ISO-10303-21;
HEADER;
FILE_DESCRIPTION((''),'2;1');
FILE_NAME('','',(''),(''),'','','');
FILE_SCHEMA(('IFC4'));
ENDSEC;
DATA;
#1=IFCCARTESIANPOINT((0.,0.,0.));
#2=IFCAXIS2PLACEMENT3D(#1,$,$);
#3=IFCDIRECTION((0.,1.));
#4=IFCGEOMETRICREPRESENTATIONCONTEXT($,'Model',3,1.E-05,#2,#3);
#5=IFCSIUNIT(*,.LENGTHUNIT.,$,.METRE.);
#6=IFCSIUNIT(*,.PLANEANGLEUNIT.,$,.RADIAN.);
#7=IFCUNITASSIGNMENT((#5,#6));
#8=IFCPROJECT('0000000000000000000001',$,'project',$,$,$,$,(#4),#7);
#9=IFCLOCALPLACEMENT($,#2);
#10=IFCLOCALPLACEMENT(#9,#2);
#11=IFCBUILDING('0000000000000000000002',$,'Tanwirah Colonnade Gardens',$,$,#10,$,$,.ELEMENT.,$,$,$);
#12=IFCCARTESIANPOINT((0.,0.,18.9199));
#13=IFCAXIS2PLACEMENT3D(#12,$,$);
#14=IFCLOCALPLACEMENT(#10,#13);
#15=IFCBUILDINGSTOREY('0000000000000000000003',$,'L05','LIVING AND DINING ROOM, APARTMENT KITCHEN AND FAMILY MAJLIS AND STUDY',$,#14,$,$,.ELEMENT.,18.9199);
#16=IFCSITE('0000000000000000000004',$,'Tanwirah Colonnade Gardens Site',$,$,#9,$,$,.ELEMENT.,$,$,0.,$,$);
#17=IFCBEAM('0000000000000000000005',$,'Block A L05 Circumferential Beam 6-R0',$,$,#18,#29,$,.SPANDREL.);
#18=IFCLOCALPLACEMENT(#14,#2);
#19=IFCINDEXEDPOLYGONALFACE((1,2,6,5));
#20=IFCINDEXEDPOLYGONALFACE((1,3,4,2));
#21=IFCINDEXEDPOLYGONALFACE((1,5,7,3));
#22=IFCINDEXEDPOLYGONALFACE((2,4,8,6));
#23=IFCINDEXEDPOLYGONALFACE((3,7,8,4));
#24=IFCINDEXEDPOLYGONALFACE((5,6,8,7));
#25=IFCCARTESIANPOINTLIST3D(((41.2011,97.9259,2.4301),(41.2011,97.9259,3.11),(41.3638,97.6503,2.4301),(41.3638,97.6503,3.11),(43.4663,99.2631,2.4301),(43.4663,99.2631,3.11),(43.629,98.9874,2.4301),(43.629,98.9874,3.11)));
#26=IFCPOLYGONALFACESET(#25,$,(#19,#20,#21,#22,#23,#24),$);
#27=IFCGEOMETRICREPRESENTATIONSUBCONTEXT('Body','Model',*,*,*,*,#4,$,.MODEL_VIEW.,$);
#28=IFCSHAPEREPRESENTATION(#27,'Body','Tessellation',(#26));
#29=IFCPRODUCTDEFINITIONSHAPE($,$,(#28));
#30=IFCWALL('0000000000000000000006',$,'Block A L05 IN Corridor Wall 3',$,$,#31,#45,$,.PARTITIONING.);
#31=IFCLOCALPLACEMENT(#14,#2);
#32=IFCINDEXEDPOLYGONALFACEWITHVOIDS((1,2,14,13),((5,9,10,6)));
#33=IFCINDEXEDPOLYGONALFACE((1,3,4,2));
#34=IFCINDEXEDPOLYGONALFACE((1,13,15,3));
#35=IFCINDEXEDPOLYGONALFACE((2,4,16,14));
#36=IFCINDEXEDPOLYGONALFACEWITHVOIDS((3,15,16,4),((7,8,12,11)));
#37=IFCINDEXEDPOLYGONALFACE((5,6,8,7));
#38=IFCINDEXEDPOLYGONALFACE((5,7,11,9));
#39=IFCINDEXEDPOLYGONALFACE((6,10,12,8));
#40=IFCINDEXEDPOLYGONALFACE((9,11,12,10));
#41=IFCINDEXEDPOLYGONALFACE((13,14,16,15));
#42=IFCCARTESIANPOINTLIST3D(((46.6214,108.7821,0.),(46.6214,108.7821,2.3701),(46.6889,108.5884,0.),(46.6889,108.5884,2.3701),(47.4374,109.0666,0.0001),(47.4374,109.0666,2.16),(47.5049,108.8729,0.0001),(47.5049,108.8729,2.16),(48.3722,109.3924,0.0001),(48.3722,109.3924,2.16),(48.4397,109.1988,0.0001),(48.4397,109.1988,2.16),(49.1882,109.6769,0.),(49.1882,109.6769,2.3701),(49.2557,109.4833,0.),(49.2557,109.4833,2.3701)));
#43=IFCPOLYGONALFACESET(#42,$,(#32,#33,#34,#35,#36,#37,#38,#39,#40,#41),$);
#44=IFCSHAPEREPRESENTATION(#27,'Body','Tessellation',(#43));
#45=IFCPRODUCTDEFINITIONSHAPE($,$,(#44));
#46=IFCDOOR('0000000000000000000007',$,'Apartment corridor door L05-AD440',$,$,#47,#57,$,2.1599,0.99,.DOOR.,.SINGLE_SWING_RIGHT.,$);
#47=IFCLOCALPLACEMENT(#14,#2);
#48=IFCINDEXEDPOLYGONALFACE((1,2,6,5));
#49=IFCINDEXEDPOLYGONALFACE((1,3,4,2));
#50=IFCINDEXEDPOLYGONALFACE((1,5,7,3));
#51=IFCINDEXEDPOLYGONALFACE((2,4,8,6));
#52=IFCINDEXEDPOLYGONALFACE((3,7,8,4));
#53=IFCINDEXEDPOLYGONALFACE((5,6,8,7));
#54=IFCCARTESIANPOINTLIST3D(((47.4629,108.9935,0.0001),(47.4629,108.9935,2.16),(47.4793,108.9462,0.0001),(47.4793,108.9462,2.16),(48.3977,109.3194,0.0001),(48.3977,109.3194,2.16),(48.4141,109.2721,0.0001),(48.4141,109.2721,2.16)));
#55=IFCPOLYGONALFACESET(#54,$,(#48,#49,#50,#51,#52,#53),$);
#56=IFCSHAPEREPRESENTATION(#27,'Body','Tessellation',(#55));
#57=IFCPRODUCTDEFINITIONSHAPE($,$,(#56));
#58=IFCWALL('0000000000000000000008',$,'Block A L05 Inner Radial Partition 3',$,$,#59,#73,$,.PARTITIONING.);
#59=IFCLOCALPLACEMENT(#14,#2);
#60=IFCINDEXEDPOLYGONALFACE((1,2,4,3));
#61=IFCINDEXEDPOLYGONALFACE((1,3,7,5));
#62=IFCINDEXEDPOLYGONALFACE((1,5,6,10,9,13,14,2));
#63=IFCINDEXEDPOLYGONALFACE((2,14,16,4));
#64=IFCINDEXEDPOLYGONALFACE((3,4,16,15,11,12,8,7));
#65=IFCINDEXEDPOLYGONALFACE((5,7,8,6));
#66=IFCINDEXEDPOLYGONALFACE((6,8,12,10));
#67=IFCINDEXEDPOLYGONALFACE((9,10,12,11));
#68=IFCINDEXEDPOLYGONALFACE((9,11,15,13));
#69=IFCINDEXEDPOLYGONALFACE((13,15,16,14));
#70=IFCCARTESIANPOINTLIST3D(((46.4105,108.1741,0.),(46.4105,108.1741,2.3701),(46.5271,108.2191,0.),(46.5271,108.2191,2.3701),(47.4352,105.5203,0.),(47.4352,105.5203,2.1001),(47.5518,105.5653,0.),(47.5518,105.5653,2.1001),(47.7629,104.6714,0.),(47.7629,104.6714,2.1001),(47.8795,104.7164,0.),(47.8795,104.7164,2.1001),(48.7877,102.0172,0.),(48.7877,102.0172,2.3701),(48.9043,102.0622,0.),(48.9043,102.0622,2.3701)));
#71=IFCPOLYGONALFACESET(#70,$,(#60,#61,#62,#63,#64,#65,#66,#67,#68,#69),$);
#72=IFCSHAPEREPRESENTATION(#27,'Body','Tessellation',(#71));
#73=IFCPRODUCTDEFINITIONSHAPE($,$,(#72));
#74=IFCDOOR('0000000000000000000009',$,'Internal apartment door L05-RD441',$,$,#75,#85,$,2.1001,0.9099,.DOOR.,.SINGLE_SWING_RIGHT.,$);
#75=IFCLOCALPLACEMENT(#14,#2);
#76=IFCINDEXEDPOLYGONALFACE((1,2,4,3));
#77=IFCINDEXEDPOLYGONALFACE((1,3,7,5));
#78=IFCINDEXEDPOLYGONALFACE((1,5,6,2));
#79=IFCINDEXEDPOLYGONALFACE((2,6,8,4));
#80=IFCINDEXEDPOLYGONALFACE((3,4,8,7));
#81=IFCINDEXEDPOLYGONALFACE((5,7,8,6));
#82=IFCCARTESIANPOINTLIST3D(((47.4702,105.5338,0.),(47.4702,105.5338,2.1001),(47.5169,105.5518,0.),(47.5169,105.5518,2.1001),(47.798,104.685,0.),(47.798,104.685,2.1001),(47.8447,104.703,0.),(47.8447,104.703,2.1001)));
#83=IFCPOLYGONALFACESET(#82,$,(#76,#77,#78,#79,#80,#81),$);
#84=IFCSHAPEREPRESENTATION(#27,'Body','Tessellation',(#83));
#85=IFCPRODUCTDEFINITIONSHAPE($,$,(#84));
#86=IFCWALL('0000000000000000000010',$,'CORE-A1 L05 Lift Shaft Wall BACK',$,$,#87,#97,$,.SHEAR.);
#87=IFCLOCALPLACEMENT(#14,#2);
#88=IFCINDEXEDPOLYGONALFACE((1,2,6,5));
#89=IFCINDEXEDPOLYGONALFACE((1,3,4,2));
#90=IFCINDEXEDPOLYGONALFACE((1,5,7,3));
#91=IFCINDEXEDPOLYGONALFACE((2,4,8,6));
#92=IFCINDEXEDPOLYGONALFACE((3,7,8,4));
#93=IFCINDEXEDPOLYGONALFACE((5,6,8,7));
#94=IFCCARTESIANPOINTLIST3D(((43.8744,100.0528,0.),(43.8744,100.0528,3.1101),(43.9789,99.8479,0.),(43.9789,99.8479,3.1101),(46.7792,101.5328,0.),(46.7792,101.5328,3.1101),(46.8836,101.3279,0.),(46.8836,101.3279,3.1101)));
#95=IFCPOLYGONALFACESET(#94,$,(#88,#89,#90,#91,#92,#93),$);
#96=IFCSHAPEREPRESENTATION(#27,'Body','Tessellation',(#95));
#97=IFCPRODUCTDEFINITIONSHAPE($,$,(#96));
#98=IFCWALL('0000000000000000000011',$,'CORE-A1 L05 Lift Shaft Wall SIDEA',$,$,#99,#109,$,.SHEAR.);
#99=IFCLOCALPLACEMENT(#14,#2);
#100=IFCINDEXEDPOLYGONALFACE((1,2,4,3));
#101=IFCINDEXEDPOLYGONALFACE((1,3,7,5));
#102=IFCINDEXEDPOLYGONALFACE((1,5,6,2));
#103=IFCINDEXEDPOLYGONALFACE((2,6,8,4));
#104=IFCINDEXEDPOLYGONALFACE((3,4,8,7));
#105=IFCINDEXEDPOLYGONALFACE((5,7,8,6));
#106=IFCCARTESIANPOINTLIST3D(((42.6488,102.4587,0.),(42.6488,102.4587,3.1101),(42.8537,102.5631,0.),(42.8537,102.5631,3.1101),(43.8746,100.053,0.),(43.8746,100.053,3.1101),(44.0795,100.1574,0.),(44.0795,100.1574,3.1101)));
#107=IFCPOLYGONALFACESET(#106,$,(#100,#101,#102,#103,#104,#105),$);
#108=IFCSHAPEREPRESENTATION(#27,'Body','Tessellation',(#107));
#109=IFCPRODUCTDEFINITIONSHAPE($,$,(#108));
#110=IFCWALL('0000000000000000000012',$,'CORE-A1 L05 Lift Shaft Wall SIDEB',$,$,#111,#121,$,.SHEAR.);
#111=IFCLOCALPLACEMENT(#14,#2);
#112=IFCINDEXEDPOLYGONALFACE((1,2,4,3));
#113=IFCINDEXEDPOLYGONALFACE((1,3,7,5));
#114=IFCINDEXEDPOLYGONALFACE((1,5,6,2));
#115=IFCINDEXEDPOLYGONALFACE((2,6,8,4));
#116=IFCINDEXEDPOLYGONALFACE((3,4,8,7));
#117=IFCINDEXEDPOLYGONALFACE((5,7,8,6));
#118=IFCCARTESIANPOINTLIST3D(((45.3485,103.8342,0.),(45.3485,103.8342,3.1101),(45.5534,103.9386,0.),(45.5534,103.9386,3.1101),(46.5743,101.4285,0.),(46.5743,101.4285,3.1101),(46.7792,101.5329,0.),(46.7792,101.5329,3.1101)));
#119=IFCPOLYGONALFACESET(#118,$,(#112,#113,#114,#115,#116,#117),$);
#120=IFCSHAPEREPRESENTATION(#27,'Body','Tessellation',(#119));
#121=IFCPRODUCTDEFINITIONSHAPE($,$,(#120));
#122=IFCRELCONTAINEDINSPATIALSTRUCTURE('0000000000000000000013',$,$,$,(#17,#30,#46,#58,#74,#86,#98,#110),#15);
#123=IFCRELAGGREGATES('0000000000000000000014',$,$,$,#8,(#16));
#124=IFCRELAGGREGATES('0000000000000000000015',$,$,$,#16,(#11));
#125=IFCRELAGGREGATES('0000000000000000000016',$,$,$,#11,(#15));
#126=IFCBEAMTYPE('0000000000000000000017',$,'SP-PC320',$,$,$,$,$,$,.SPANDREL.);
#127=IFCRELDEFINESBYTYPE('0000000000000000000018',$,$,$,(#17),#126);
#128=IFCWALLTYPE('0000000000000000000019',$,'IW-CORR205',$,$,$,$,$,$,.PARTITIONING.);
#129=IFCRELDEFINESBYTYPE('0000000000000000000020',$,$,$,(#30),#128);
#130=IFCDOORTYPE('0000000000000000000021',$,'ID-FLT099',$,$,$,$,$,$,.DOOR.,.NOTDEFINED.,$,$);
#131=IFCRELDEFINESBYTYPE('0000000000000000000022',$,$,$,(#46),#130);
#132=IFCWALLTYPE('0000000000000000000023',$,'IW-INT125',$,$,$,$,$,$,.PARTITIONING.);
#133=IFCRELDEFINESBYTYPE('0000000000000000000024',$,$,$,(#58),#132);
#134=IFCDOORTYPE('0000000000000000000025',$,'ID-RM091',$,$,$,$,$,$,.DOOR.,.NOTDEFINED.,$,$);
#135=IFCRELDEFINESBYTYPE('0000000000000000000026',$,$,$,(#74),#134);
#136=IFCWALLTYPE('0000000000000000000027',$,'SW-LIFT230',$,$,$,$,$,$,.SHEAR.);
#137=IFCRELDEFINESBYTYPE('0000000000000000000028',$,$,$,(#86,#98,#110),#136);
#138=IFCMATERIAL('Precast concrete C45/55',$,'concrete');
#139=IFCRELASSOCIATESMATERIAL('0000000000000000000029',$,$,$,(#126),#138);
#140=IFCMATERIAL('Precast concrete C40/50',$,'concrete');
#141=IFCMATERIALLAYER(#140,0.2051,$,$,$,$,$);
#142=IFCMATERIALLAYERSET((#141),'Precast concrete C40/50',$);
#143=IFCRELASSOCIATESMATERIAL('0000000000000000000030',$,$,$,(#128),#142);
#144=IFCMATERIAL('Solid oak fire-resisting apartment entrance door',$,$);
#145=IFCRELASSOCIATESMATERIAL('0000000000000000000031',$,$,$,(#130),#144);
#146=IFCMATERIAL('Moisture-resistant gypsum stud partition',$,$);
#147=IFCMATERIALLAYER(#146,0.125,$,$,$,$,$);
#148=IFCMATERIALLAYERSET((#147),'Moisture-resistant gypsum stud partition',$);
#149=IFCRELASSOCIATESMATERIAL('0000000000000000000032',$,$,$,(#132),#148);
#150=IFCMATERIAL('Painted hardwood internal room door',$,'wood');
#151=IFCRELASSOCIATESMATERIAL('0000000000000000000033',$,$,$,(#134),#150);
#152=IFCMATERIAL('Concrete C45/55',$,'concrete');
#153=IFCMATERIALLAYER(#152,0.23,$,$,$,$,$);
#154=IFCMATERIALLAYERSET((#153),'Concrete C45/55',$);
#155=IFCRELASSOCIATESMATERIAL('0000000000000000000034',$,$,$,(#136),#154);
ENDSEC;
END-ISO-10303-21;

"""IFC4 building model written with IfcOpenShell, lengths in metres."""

from ifc_helpers import new_model, si_unit, direction, frame, frame_2d, origin, origin_2d, place, context, subcontext, project, spatial, rectangle, extrude, material, layer, layer_set, material_profile, profile_set, type_object, element, fill, save


model = new_model("IFC4")

# Units and contexts
model_context = context("Model", 3, precision=1e-05, world=origin(), true_north=direction((0.0, 1.0)))
body_context = subcontext(model_context, "Body", "Model", "MODEL_VIEW")
ifc_project = project(units=[si_unit("LENGTHUNIT", "METRE"), si_unit("PLANEANGLEUNIT", "RADIAN")], contexts=[model_context])

# Site, building, storey
site_placement = place(None, origin())
site = spatial("IfcSite", under=ifc_project, at=site_placement, Name="Tanwirah Colonnade Gardens Site", CompositionType="ELEMENT", RefElevation=0.0)
building_placement = place(site_placement, origin())
building = spatial("IfcBuilding", under=site, at=building_placement, Name="Tanwirah Colonnade Gardens", CompositionType="ELEMENT")
storey_placement = place(building_placement, frame((0.0, 0.0, 18.9199)))
storey = spatial("IfcBuildingStorey", under=building, at=storey_placement, Name="L05", Description="LIVING AND DINING ROOM, APARTMENT KITCHEN AND FAMILY MAJLIS AND STUDY", CompositionType="ELEMENT", Elevation=18.9199)

# Shared definitions
ifc_material_1 = material(Name="Precast concrete C45/55", Category="concrete")
ifc_material_2 = material(Name="Precast concrete C40/50", Category="concrete")

# Beam
ifc_material_profile_1 = material_profile(ifc_material_1, rectangle(XDim=0.3201, YDim=0.6799, at=origin_2d()), Name="PC-SP 320x680")
ifc_profile_set_1 = profile_set([ifc_material_profile_1], Name="Precast concrete C45/55")
beam_type_1 = type_object("IfcBeamType", Name="SP-PC320", PredefinedType="SPANDREL", material=ifc_profile_set_1)
for number, where, z_axis, x_axis, name in (
    (1, (43.5476, 99.1252, 2.77), (-0.861148, -0.508354, 0.0), (0.508354, -0.861148, 0.0), "Block A L05 Circumferential Beam 6-R0"),
):
    element("IfcBeam", number, at=place(storey_placement, frame(where, z_axis=z_axis, x_axis=x_axis)), inside=storey, type_object=beam_type_1, Name=name, PredefinedType="SPANDREL", context=body_context, shape_type="SweptSolid", body=[
        extrude(rectangle(XDim=0.3201, YDim=0.6799, at=origin_2d()), origin(), (0.0, 0.0, 1.0), 2.6304),
    ])

# Walls, openings, doors
ifc_layer_1 = layer(ifc_material_2, 0.2051)
ifc_layer_set_1 = layer_set([ifc_layer_1], Name="Precast concrete C40/50")
wall_type_1 = type_object("IfcWallType", Name="IW-CORR205", PredefinedType="PARTITIONING", material=ifc_layer_set_1)
wall_1_placement = place(storey_placement, frame((49.2219, 109.5801, 0.0), z_axis=(0.0, 0.0, 1.0), x_axis=(-0.944265, -0.329186, 0.0)))
wall_1 = element("IfcWall", 2, at=wall_1_placement, inside=storey, type_object=wall_type_1, Name="Block A L05 IN Corridor Wall 3", PredefinedType="PARTITIONING", context=body_context, shape_type="SweptSolid", body=[
    extrude(rectangle(XDim=2.7183, YDim=0.2051, at=frame_2d((1.3591, 0.0))), origin(), (0.0, 0.0, 1.0), 2.3701),
])
opening_1_placement = place(wall_1_placement, frame((0.864, 0.0, 0.0)))
opening_1 = element("IfcOpeningElement", 3, at=opening_1_placement, cuts=wall_1, PredefinedType="OPENING", context=body_context, shape_type="SweptSolid", body=[
    extrude(rectangle(XDim=0.99, YDim=2.1599, at=frame_2d((0.4951, 1.0801))), frame((0.0, 0.1125, 0.0), z_axis=(0.0, -1.0, 0.0), x_axis=(1.0, 0.0, 0.0)), (0.0, 0.0, 1.0), 0.2251),
])
ifc_material_3 = material(Name="Solid oak fire-resisting apartment entrance door")
door_type_1 = type_object("IfcDoorType", Name="ID-FLT099", OperationType="NOTDEFINED", PredefinedType="DOOR", material=ifc_material_3)
door_1_placement = place(opening_1_placement, origin())
door_1 = element("IfcDoor", 4, at=door_1_placement, inside=storey, type_object=door_type_1, Name="Apartment corridor door L05-AD440", OperationType="SINGLE_SWING_RIGHT", OverallHeight=2.1599, OverallWidth=0.99, PredefinedType="DOOR", context=body_context, shape_type="SweptSolid", body=[
    extrude(rectangle(XDim=0.99, YDim=2.1599, at=frame_2d((0.4951, 1.0801))), frame((0.0, 0.0249, 0.0), z_axis=(0.0, -1.0, 0.0), x_axis=(1.0, 0.0, 0.0)), (0.0, 0.0, 1.0), 0.05),
])
fill(opening_1, door_1)
ifc_material_4 = material(Name="Moisture-resistant gypsum stud partition")
ifc_layer_2 = layer(ifc_material_4, 0.125)
ifc_layer_set_2 = layer_set([ifc_layer_2], Name="Moisture-resistant gypsum stud partition")
wall_type_2 = type_object("IfcWallType", Name="IW-INT125", PredefinedType="PARTITIONING", material=ifc_layer_set_2)
wall_2_placement = place(storey_placement, frame((48.8459, 102.0398, 0.0), z_axis=(0.0, 0.0, 1.0), x_axis=(-0.360183, 0.932881, 0.0)))
wall_2 = element("IfcWall", 5, at=wall_2_placement, inside=storey, type_object=wall_type_2, Name="Block A L05 Inner Radial Partition 3", PredefinedType="PARTITIONING", context=body_context, shape_type="SweptSolid", body=[
    extrude(rectangle(XDim=6.5999, YDim=0.125, at=frame_2d((3.2998, 0.0))), origin(), (0.0, 0.0, 1.0), 2.3701),
])
opening_2_placement = place(wall_2_placement, frame((2.845, 0.0, 0.0)))
opening_2 = element("IfcOpeningElement", 6, at=opening_2_placement, cuts=wall_2, PredefinedType="OPENING", context=body_context, shape_type="SweptSolid", body=[
    extrude(rectangle(XDim=0.9099, YDim=2.1001, at=frame_2d((0.4551, 1.05))), frame((0.0, 0.0725, 0.0), z_axis=(0.0, -1.0, 0.0), x_axis=(1.0, 0.0, 0.0)), (0.0, 0.0, 1.0), 0.145),
])
ifc_material_5 = material(Name="Painted hardwood internal room door", Category="wood")
door_type_2 = type_object("IfcDoorType", Name="ID-RM091", OperationType="NOTDEFINED", PredefinedType="DOOR", material=ifc_material_5)
door_2_placement = place(opening_2_placement, origin())
door_2 = element("IfcDoor", 7, at=door_2_placement, inside=storey, type_object=door_type_2, Name="Internal apartment door L05-RD441", OperationType="SINGLE_SWING_RIGHT", OverallHeight=2.1001, OverallWidth=0.9099, PredefinedType="DOOR", context=body_context, shape_type="SweptSolid", body=[
    extrude(rectangle(XDim=0.9099, YDim=2.1001, at=frame_2d((0.4551, 1.05))), frame((0.0, 0.0249, 0.0), z_axis=(0.0, -1.0, 0.0), x_axis=(1.0, 0.0, 0.0)), (0.0, 0.0, 1.0), 0.05),
])
fill(opening_2, door_2)
ifc_material_6 = material(Name="Concrete C45/55", Category="concrete")
ifc_layer_3 = layer(ifc_material_6, 0.23)
ifc_layer_set_3 = layer_set([ifc_layer_3], Name="Concrete C45/55")
wall_type_3 = type_object("IfcWallType", Name="SW-LIFT230", PredefinedType="SHEAR", material=ifc_layer_set_3)

# Walls
wall_3_placement = place(storey_placement, frame((43.9268, 99.9504, 0.0), z_axis=(0.0, 0.0, 1.0), x_axis=(0.891017, 0.453971, 0.0)))
element("IfcWall", 8, at=wall_3_placement, inside=storey, type_object=wall_type_3, Name="CORE-A1 L05 Lift Shaft Wall BACK", PredefinedType="SHEAR", context=body_context, shape_type="SweptSolid", body=[
    extrude(rectangle(XDim=3.26, YDim=0.23, at=frame_2d((1.6299, 0.0))), origin(), (0.0, 0.0, 1.0), 3.1101),
])
for number, where, z_axis, x_axis, name in (
    (9, (42.7512, 102.511, 0.0), (0.0, 0.0, 1.0), (0.454, -0.891002, 0.0), "CORE-A1 L05 Lift Shaft Wall SIDEA"),
    (10, (45.4509, 103.8865, 0.0), (0.0, 0.0, 1.0), (0.454, -0.891002, 0.0), "CORE-A1 L05 Lift Shaft Wall SIDEB"),
):
    element("IfcWall", number, at=place(storey_placement, frame(where, z_axis=z_axis, x_axis=x_axis)), inside=storey, type_object=wall_type_3, Name=name, PredefinedType="SHEAR", context=body_context, shape_type="SweptSolid", body=[
        extrude(rectangle(XDim=2.7, YDim=0.23, at=frame_2d((1.3501, 0.0))), origin(), (0.0, 0.0, 1.0), 3.1101),
    ])

save(model, "model.ifc")
